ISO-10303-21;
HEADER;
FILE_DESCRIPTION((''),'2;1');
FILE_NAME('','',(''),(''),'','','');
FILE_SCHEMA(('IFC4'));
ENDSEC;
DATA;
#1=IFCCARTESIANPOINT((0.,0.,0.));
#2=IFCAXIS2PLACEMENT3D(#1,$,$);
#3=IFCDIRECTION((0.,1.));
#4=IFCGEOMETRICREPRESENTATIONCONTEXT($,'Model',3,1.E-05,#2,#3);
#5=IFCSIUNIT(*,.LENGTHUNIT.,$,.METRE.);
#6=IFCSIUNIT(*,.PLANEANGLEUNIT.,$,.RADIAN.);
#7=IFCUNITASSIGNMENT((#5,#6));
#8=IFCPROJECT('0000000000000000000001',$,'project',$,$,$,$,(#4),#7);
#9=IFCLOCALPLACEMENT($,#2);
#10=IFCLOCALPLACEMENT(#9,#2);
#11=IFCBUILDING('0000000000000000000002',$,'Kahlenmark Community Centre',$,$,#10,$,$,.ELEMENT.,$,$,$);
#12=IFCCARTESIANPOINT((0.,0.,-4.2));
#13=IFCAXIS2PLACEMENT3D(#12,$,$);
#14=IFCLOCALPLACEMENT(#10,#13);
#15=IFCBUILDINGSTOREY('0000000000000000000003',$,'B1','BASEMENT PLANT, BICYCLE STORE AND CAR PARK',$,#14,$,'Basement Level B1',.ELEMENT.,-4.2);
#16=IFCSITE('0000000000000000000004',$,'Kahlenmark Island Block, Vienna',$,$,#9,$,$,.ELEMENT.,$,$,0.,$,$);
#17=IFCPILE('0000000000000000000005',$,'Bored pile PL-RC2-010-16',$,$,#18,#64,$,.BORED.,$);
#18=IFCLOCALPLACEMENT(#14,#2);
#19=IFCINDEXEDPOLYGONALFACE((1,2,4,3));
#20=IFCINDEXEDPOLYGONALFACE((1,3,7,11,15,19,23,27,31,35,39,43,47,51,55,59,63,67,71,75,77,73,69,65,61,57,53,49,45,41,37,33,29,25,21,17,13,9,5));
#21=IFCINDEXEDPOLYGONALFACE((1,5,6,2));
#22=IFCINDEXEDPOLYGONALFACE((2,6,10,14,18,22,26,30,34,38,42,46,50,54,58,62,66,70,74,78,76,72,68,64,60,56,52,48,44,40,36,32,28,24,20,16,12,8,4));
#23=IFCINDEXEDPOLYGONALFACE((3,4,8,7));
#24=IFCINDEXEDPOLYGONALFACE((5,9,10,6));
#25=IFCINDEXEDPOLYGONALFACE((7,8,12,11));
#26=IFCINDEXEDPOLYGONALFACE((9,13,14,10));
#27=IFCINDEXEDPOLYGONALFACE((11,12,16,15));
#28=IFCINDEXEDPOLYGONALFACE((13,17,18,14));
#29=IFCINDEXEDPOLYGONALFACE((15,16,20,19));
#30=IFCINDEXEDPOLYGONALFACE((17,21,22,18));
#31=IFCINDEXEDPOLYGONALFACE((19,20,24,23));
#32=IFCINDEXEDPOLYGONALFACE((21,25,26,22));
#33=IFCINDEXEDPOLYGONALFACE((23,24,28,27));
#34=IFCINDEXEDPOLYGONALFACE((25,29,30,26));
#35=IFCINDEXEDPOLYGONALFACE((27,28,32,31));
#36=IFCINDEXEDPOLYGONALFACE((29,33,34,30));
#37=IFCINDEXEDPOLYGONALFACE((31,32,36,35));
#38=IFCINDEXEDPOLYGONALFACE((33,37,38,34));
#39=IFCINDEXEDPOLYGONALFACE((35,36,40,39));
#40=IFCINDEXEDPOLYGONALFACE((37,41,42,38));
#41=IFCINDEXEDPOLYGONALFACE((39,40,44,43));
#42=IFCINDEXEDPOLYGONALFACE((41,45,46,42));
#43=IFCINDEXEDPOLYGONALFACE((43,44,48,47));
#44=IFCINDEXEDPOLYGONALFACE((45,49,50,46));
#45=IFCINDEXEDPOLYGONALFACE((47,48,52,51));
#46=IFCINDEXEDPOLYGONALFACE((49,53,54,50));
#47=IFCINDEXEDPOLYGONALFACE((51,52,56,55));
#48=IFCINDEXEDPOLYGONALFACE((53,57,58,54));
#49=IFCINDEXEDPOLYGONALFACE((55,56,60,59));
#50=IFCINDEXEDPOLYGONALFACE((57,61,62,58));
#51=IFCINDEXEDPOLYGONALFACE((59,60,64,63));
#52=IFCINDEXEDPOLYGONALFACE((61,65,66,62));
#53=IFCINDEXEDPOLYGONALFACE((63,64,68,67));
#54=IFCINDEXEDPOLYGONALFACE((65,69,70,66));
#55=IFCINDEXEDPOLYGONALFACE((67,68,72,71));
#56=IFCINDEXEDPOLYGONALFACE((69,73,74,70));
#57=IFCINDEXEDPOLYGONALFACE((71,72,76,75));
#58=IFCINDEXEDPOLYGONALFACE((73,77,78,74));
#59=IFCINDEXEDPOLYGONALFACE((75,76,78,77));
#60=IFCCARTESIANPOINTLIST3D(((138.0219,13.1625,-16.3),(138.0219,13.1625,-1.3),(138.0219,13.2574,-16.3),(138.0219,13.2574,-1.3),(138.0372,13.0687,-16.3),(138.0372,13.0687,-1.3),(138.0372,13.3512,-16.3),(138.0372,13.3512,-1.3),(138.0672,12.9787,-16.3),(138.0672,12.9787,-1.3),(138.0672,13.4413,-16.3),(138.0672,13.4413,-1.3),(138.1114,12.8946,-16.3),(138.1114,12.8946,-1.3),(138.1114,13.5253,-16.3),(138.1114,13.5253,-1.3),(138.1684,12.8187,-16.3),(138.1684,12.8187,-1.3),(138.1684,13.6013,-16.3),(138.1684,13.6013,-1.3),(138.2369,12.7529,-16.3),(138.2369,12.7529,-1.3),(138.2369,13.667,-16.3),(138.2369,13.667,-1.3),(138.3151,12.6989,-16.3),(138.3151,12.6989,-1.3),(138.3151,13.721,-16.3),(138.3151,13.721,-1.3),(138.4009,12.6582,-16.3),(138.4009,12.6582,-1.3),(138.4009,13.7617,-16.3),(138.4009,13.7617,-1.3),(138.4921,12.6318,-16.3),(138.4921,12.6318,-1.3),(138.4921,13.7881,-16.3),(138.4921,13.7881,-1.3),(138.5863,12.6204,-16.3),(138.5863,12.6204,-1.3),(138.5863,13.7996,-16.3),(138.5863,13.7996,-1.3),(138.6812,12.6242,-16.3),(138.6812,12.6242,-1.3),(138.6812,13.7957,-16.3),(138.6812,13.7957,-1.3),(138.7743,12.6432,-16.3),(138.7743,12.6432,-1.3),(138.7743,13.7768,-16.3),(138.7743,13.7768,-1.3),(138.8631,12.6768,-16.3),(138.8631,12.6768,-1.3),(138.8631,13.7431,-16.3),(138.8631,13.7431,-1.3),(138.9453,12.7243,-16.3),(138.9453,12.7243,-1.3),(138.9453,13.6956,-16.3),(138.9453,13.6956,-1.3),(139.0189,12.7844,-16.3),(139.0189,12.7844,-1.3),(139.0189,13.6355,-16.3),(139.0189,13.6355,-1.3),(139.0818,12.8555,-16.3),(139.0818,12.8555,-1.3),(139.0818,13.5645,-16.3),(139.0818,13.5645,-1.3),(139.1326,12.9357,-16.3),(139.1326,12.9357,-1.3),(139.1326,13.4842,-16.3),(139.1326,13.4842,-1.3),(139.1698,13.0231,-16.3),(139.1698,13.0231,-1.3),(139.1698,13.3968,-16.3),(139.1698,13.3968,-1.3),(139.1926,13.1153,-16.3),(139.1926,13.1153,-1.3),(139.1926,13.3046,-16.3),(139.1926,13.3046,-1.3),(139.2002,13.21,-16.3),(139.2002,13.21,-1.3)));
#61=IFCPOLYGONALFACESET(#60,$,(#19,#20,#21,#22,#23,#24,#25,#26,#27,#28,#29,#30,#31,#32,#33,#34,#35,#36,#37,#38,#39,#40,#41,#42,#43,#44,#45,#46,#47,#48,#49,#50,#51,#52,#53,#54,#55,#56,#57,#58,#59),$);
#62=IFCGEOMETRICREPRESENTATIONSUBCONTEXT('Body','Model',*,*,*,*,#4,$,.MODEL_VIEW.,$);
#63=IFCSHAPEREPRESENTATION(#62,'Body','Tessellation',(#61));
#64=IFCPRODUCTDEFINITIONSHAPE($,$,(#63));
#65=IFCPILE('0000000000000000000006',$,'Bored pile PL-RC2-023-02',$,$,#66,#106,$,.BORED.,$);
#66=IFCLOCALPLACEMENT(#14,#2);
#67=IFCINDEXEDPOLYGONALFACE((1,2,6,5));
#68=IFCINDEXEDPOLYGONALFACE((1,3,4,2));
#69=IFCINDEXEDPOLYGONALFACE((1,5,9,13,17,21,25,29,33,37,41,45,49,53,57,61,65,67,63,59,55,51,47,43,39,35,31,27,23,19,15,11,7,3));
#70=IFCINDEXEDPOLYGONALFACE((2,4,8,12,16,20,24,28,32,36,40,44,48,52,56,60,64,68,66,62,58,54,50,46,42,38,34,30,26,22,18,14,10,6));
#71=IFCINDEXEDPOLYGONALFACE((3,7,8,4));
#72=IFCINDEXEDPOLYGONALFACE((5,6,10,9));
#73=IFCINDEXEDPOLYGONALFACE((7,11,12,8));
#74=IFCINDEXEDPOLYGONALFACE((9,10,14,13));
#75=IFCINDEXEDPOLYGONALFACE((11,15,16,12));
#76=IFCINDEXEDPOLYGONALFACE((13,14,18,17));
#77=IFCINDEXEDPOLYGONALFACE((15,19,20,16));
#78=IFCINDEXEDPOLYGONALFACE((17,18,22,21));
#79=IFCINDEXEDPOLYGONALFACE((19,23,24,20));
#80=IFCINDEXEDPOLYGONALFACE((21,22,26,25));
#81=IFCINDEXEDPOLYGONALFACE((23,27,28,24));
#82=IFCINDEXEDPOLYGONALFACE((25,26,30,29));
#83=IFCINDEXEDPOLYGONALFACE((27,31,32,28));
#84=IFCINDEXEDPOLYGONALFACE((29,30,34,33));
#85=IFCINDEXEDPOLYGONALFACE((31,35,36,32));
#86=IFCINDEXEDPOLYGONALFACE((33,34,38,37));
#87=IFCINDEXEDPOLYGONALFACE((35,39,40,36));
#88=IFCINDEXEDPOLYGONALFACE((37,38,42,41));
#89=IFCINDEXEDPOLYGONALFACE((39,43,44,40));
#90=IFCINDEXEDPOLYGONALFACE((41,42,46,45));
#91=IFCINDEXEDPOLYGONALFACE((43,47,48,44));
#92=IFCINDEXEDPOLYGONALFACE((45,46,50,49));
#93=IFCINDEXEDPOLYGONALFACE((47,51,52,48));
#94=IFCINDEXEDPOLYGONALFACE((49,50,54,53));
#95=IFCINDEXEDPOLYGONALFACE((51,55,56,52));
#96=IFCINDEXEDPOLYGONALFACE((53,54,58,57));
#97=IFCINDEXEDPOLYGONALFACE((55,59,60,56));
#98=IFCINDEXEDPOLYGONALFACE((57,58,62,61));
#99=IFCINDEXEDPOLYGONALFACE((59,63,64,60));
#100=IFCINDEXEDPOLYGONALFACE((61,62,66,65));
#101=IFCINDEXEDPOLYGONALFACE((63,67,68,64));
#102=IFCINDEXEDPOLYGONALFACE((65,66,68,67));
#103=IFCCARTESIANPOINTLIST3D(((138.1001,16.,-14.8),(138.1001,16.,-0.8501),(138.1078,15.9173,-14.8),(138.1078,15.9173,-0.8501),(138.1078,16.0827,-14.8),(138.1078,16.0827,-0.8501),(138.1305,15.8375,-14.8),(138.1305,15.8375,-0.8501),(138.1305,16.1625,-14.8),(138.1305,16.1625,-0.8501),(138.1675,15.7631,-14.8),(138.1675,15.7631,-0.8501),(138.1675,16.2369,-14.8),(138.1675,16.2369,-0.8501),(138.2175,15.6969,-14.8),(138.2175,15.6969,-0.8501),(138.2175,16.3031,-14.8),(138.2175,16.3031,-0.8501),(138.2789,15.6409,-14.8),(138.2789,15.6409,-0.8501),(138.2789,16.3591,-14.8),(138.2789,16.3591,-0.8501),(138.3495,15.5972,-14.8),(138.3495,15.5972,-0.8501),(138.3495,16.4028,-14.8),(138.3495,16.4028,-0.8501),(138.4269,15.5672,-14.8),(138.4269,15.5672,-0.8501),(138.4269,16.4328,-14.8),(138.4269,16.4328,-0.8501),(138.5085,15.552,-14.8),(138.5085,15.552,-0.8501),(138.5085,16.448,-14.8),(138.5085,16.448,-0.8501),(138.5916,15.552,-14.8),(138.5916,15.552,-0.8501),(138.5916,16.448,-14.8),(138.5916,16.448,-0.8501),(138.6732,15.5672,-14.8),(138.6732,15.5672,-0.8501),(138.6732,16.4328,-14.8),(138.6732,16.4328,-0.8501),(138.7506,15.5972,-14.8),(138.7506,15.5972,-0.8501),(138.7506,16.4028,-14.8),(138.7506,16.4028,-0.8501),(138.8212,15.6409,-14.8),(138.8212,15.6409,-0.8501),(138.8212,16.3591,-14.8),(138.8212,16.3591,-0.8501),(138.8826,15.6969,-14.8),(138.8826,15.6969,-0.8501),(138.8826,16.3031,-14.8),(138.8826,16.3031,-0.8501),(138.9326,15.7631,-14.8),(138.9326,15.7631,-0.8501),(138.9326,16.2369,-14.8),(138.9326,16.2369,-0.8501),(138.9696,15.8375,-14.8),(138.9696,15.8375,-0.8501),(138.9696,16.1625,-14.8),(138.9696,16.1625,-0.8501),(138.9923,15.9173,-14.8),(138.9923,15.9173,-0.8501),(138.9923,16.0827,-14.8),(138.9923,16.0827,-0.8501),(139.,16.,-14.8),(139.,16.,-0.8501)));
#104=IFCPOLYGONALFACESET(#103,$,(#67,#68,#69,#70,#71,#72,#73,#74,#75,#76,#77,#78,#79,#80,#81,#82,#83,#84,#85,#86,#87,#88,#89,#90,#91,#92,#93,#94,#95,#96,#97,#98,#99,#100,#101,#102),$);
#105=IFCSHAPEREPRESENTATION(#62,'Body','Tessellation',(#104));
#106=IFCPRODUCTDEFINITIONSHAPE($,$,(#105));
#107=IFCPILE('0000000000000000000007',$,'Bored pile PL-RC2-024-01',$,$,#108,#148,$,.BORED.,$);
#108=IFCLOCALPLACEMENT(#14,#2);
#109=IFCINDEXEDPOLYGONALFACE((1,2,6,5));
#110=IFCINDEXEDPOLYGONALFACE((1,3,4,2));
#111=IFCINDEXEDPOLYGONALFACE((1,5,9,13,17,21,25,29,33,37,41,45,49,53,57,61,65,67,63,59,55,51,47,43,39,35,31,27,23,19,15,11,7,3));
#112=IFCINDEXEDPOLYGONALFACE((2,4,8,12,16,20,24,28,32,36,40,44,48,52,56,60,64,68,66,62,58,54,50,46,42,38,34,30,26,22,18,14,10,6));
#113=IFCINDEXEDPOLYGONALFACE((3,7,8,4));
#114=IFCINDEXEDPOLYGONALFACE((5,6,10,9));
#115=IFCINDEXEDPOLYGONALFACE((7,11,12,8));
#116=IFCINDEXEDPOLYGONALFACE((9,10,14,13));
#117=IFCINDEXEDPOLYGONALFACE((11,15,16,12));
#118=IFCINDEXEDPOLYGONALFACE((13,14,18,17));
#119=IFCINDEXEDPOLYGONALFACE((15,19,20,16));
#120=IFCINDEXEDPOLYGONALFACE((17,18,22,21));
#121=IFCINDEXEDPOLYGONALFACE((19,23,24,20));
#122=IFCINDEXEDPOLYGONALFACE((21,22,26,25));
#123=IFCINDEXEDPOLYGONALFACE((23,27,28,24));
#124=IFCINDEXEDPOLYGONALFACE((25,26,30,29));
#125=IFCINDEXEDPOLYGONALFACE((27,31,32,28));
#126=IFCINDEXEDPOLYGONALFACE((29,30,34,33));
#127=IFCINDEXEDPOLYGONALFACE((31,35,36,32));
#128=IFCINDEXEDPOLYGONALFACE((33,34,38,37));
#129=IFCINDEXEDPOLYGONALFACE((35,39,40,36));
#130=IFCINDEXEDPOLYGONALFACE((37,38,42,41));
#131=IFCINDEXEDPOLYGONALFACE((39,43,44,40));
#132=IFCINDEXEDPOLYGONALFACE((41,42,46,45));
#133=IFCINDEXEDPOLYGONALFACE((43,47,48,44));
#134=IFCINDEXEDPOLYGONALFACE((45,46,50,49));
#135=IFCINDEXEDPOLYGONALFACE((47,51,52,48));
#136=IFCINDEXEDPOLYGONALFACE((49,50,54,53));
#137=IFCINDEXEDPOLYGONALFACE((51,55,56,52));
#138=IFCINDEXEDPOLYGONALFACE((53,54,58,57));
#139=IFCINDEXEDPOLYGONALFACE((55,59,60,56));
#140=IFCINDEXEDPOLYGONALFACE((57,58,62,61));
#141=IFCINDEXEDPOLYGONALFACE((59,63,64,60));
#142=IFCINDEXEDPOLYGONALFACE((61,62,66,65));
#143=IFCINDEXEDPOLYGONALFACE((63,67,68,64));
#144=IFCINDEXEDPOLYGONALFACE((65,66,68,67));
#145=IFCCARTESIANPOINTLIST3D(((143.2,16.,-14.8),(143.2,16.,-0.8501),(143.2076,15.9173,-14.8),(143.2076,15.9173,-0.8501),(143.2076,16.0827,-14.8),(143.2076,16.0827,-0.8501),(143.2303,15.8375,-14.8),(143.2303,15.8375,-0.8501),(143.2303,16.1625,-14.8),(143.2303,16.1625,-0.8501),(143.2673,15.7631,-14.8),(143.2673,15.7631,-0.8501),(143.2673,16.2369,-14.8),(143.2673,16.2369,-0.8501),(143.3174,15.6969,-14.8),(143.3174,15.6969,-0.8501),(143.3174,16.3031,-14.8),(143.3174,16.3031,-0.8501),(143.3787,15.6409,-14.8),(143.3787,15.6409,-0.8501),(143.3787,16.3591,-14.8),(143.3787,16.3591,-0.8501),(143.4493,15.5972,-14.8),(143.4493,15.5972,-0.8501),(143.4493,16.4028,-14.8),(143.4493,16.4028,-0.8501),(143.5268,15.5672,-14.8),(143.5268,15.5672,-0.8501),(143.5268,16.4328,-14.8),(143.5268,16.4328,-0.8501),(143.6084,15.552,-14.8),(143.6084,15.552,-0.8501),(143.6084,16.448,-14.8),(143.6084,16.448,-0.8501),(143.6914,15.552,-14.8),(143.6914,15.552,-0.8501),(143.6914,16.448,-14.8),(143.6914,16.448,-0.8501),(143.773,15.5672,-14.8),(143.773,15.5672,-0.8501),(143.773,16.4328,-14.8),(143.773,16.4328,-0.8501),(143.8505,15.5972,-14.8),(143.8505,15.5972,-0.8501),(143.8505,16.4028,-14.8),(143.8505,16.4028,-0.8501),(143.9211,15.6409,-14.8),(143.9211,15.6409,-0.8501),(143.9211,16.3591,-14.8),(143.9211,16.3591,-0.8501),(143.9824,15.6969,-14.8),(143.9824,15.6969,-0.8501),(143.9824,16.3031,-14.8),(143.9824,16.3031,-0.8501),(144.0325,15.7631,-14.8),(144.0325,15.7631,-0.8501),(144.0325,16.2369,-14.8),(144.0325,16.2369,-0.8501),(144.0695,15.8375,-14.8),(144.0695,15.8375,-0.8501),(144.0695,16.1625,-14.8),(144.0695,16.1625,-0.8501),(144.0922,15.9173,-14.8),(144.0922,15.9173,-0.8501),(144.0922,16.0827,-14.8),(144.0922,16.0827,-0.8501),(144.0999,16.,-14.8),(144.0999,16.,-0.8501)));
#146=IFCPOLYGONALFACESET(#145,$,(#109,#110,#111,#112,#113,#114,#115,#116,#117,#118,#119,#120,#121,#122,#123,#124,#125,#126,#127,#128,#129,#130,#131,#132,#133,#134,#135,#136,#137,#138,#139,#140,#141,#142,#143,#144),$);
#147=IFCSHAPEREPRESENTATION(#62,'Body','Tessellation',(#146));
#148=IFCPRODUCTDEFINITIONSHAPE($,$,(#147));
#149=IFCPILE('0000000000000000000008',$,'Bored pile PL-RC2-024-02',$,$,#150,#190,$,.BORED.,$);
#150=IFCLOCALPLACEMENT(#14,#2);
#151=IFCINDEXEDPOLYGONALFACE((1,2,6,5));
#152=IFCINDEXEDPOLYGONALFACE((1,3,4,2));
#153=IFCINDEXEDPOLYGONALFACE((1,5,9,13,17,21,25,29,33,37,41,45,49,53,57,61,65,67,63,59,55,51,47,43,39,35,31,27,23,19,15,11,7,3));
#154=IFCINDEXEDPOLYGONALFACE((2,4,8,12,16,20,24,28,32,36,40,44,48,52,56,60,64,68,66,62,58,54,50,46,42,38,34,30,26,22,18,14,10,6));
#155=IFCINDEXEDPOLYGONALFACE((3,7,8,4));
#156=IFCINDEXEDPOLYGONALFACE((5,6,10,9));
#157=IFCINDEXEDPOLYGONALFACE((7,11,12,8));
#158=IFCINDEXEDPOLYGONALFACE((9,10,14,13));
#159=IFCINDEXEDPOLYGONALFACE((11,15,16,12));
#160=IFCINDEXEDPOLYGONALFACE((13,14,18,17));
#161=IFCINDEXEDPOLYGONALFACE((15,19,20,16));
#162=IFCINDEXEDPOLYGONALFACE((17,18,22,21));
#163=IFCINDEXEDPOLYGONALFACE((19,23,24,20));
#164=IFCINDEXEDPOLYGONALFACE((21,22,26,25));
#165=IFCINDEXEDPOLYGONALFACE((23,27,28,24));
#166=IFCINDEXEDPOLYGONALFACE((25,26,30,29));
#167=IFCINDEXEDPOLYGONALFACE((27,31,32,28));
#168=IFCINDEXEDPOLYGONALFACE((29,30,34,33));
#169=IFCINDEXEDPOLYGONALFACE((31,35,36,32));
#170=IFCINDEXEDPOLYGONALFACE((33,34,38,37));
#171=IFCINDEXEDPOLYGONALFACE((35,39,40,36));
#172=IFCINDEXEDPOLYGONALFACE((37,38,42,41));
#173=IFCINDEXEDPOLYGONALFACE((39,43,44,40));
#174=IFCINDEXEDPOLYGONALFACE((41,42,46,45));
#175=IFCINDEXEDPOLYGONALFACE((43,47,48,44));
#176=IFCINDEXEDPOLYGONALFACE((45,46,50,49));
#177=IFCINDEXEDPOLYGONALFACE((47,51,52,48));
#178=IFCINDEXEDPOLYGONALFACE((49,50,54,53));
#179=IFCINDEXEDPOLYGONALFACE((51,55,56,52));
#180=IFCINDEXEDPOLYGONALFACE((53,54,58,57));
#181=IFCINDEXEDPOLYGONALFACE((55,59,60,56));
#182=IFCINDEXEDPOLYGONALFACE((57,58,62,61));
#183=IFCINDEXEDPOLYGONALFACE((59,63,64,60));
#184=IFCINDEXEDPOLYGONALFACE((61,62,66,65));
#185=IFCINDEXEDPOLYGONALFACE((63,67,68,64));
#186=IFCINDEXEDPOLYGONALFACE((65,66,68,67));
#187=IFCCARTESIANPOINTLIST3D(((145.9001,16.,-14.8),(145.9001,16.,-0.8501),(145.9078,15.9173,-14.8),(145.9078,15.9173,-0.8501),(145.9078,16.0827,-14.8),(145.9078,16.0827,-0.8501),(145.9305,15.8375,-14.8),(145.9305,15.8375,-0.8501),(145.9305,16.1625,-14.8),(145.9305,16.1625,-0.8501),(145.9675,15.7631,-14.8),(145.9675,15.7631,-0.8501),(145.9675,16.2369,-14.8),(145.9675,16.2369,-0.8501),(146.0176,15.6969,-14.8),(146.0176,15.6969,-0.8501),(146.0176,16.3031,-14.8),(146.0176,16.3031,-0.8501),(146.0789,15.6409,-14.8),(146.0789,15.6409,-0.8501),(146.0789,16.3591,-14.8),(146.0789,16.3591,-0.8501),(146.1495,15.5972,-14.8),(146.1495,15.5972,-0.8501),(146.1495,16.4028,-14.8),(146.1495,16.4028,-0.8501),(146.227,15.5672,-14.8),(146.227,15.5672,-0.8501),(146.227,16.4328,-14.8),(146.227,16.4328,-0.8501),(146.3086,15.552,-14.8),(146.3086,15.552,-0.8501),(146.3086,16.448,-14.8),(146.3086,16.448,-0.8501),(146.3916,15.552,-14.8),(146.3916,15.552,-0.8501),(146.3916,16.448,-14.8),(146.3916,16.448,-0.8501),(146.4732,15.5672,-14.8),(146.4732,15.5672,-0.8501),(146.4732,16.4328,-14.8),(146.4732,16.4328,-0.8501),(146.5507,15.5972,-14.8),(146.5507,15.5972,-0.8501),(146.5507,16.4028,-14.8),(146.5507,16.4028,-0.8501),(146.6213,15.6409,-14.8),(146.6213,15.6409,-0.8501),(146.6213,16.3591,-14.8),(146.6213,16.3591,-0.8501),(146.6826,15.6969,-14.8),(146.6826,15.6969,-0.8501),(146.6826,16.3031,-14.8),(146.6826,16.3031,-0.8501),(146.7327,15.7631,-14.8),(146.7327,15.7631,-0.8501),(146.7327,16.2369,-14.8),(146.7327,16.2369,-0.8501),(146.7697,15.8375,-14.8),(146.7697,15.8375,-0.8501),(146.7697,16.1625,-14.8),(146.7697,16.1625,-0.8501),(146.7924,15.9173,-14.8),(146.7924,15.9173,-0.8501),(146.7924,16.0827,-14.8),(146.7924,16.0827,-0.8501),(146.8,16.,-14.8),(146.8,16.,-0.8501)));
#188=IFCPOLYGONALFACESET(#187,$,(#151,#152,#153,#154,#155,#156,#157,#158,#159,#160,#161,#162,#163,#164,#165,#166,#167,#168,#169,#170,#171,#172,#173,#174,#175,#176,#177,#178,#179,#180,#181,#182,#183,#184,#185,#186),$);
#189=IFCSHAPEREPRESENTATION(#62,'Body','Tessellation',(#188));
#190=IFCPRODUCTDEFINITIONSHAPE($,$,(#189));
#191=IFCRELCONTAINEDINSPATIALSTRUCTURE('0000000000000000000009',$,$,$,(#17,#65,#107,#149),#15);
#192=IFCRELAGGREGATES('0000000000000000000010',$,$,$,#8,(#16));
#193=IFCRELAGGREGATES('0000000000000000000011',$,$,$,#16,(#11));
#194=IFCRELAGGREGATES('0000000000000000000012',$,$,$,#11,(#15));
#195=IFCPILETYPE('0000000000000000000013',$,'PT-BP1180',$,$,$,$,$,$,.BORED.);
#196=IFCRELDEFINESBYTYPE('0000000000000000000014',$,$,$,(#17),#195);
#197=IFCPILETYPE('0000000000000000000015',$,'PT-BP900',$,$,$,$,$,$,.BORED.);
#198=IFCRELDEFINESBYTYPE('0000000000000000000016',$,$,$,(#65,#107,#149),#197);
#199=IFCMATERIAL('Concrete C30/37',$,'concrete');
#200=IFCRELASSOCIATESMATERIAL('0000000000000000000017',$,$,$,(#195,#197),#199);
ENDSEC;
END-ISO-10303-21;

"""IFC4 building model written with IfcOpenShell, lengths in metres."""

from ifc_helpers import new_model, si_unit, direction, frame, origin, origin_2d, place, context, subcontext, project, spatial, circle, extrude, material, material_profile, profile_set, type_object, element, save


model = new_model("IFC4")

# Units and contexts
model_context = context("Model", 3, precision=1e-05, world=origin(), true_north=direction((0.0, 1.0)))
body_context = subcontext(model_context, "Body", "Model", "MODEL_VIEW")
ifc_project = project(units=[si_unit("LENGTHUNIT", "METRE"), si_unit("PLANEANGLEUNIT", "RADIAN")], contexts=[model_context])

# Site, building, storey
site_placement = place(None, origin())
site = spatial("IfcSite", under=ifc_project, at=site_placement, Name="Kahlenmark Island Block, Vienna", CompositionType="ELEMENT", RefElevation=0.0)
building_placement = place(site_placement, origin())
building = spatial("IfcBuilding", under=site, at=building_placement, Name="Kahlenmark Community Centre", CompositionType="ELEMENT")
storey_placement = place(building_placement, frame((0.0, 0.0, -4.2)))
storey = spatial("IfcBuildingStorey", under=building, at=storey_placement, Name="B1", Description="BASEMENT PLANT, BICYCLE STORE AND CAR PARK", LongName="Basement Level B1", CompositionType="ELEMENT", Elevation=-4.2)

# Shared definitions
ifc_material_1 = material(Name="Concrete C30/37", Category="concrete")

# Piles
ifc_material_profile_1 = material_profile(ifc_material_1, circle(Radius=0.5901, at=origin_2d()), Name="BORED PILE 1180")
ifc_profile_set_1 = profile_set([ifc_material_profile_1], Name="Concrete C30/37")
pile_type_1 = type_object("IfcPileType", Name="PT-BP1180", PredefinedType="BORED", material=ifc_profile_set_1)
for number, where, z_axis, x_axis, name in (
    (1, (138.6101, 13.21, -1.3), (0.0, 0.0, -1.0), (1.0, 0.0, 0.0), "Bored pile PL-RC2-010-16"),
):
    element("IfcPile", number, at=place(storey_placement, frame(where, z_axis=z_axis, x_axis=x_axis)), inside=storey, type_object=pile_type_1, Name=name, PredefinedType="BORED", context=body_context, shape_type="SweptSolid", body=[
        extrude(circle(Radius=0.5901, at=origin_2d()), origin(), (0.0, 0.0, 1.0), 15.0),
    ])
ifc_material_profile_2 = material_profile(ifc_material_1, circle(Radius=0.45, at=origin_2d()), Name="BORED PILE 900")
ifc_profile_set_2 = profile_set([ifc_material_profile_2], Name="Concrete C30/37")
pile_type_2 = type_object("IfcPileType", Name="PT-BP900", PredefinedType="BORED", material=ifc_profile_set_2)
for number, where, z_axis, x_axis, name in (
    (2, (138.55, 16.0, -0.8501), (0.0, 0.0, -1.0), (1.0, 0.0, 0.0), "Bored pile PL-RC2-023-02"),
    (3, (143.6499, 16.0, -0.8501), (0.0, 0.0, -1.0), (1.0, 0.0, 0.0), "Bored pile PL-RC2-024-01"),
    (4, (146.3501, 16.0, -0.8501), (0.0, 0.0, -1.0), (1.0, 0.0, 0.0), "Bored pile PL-RC2-024-02"),
):
    element("IfcPile", number, at=place(storey_placement, frame(where, z_axis=z_axis, x_axis=x_axis)), inside=storey, type_object=pile_type_2, Name=name, PredefinedType="BORED", context=body_context, shape_type="SweptSolid", body=[
        extrude(circle(Radius=0.45, at=origin_2d()), origin(), (0.0, 0.0, 1.0), 13.95),
    ])

save(model, "model.ifc")
